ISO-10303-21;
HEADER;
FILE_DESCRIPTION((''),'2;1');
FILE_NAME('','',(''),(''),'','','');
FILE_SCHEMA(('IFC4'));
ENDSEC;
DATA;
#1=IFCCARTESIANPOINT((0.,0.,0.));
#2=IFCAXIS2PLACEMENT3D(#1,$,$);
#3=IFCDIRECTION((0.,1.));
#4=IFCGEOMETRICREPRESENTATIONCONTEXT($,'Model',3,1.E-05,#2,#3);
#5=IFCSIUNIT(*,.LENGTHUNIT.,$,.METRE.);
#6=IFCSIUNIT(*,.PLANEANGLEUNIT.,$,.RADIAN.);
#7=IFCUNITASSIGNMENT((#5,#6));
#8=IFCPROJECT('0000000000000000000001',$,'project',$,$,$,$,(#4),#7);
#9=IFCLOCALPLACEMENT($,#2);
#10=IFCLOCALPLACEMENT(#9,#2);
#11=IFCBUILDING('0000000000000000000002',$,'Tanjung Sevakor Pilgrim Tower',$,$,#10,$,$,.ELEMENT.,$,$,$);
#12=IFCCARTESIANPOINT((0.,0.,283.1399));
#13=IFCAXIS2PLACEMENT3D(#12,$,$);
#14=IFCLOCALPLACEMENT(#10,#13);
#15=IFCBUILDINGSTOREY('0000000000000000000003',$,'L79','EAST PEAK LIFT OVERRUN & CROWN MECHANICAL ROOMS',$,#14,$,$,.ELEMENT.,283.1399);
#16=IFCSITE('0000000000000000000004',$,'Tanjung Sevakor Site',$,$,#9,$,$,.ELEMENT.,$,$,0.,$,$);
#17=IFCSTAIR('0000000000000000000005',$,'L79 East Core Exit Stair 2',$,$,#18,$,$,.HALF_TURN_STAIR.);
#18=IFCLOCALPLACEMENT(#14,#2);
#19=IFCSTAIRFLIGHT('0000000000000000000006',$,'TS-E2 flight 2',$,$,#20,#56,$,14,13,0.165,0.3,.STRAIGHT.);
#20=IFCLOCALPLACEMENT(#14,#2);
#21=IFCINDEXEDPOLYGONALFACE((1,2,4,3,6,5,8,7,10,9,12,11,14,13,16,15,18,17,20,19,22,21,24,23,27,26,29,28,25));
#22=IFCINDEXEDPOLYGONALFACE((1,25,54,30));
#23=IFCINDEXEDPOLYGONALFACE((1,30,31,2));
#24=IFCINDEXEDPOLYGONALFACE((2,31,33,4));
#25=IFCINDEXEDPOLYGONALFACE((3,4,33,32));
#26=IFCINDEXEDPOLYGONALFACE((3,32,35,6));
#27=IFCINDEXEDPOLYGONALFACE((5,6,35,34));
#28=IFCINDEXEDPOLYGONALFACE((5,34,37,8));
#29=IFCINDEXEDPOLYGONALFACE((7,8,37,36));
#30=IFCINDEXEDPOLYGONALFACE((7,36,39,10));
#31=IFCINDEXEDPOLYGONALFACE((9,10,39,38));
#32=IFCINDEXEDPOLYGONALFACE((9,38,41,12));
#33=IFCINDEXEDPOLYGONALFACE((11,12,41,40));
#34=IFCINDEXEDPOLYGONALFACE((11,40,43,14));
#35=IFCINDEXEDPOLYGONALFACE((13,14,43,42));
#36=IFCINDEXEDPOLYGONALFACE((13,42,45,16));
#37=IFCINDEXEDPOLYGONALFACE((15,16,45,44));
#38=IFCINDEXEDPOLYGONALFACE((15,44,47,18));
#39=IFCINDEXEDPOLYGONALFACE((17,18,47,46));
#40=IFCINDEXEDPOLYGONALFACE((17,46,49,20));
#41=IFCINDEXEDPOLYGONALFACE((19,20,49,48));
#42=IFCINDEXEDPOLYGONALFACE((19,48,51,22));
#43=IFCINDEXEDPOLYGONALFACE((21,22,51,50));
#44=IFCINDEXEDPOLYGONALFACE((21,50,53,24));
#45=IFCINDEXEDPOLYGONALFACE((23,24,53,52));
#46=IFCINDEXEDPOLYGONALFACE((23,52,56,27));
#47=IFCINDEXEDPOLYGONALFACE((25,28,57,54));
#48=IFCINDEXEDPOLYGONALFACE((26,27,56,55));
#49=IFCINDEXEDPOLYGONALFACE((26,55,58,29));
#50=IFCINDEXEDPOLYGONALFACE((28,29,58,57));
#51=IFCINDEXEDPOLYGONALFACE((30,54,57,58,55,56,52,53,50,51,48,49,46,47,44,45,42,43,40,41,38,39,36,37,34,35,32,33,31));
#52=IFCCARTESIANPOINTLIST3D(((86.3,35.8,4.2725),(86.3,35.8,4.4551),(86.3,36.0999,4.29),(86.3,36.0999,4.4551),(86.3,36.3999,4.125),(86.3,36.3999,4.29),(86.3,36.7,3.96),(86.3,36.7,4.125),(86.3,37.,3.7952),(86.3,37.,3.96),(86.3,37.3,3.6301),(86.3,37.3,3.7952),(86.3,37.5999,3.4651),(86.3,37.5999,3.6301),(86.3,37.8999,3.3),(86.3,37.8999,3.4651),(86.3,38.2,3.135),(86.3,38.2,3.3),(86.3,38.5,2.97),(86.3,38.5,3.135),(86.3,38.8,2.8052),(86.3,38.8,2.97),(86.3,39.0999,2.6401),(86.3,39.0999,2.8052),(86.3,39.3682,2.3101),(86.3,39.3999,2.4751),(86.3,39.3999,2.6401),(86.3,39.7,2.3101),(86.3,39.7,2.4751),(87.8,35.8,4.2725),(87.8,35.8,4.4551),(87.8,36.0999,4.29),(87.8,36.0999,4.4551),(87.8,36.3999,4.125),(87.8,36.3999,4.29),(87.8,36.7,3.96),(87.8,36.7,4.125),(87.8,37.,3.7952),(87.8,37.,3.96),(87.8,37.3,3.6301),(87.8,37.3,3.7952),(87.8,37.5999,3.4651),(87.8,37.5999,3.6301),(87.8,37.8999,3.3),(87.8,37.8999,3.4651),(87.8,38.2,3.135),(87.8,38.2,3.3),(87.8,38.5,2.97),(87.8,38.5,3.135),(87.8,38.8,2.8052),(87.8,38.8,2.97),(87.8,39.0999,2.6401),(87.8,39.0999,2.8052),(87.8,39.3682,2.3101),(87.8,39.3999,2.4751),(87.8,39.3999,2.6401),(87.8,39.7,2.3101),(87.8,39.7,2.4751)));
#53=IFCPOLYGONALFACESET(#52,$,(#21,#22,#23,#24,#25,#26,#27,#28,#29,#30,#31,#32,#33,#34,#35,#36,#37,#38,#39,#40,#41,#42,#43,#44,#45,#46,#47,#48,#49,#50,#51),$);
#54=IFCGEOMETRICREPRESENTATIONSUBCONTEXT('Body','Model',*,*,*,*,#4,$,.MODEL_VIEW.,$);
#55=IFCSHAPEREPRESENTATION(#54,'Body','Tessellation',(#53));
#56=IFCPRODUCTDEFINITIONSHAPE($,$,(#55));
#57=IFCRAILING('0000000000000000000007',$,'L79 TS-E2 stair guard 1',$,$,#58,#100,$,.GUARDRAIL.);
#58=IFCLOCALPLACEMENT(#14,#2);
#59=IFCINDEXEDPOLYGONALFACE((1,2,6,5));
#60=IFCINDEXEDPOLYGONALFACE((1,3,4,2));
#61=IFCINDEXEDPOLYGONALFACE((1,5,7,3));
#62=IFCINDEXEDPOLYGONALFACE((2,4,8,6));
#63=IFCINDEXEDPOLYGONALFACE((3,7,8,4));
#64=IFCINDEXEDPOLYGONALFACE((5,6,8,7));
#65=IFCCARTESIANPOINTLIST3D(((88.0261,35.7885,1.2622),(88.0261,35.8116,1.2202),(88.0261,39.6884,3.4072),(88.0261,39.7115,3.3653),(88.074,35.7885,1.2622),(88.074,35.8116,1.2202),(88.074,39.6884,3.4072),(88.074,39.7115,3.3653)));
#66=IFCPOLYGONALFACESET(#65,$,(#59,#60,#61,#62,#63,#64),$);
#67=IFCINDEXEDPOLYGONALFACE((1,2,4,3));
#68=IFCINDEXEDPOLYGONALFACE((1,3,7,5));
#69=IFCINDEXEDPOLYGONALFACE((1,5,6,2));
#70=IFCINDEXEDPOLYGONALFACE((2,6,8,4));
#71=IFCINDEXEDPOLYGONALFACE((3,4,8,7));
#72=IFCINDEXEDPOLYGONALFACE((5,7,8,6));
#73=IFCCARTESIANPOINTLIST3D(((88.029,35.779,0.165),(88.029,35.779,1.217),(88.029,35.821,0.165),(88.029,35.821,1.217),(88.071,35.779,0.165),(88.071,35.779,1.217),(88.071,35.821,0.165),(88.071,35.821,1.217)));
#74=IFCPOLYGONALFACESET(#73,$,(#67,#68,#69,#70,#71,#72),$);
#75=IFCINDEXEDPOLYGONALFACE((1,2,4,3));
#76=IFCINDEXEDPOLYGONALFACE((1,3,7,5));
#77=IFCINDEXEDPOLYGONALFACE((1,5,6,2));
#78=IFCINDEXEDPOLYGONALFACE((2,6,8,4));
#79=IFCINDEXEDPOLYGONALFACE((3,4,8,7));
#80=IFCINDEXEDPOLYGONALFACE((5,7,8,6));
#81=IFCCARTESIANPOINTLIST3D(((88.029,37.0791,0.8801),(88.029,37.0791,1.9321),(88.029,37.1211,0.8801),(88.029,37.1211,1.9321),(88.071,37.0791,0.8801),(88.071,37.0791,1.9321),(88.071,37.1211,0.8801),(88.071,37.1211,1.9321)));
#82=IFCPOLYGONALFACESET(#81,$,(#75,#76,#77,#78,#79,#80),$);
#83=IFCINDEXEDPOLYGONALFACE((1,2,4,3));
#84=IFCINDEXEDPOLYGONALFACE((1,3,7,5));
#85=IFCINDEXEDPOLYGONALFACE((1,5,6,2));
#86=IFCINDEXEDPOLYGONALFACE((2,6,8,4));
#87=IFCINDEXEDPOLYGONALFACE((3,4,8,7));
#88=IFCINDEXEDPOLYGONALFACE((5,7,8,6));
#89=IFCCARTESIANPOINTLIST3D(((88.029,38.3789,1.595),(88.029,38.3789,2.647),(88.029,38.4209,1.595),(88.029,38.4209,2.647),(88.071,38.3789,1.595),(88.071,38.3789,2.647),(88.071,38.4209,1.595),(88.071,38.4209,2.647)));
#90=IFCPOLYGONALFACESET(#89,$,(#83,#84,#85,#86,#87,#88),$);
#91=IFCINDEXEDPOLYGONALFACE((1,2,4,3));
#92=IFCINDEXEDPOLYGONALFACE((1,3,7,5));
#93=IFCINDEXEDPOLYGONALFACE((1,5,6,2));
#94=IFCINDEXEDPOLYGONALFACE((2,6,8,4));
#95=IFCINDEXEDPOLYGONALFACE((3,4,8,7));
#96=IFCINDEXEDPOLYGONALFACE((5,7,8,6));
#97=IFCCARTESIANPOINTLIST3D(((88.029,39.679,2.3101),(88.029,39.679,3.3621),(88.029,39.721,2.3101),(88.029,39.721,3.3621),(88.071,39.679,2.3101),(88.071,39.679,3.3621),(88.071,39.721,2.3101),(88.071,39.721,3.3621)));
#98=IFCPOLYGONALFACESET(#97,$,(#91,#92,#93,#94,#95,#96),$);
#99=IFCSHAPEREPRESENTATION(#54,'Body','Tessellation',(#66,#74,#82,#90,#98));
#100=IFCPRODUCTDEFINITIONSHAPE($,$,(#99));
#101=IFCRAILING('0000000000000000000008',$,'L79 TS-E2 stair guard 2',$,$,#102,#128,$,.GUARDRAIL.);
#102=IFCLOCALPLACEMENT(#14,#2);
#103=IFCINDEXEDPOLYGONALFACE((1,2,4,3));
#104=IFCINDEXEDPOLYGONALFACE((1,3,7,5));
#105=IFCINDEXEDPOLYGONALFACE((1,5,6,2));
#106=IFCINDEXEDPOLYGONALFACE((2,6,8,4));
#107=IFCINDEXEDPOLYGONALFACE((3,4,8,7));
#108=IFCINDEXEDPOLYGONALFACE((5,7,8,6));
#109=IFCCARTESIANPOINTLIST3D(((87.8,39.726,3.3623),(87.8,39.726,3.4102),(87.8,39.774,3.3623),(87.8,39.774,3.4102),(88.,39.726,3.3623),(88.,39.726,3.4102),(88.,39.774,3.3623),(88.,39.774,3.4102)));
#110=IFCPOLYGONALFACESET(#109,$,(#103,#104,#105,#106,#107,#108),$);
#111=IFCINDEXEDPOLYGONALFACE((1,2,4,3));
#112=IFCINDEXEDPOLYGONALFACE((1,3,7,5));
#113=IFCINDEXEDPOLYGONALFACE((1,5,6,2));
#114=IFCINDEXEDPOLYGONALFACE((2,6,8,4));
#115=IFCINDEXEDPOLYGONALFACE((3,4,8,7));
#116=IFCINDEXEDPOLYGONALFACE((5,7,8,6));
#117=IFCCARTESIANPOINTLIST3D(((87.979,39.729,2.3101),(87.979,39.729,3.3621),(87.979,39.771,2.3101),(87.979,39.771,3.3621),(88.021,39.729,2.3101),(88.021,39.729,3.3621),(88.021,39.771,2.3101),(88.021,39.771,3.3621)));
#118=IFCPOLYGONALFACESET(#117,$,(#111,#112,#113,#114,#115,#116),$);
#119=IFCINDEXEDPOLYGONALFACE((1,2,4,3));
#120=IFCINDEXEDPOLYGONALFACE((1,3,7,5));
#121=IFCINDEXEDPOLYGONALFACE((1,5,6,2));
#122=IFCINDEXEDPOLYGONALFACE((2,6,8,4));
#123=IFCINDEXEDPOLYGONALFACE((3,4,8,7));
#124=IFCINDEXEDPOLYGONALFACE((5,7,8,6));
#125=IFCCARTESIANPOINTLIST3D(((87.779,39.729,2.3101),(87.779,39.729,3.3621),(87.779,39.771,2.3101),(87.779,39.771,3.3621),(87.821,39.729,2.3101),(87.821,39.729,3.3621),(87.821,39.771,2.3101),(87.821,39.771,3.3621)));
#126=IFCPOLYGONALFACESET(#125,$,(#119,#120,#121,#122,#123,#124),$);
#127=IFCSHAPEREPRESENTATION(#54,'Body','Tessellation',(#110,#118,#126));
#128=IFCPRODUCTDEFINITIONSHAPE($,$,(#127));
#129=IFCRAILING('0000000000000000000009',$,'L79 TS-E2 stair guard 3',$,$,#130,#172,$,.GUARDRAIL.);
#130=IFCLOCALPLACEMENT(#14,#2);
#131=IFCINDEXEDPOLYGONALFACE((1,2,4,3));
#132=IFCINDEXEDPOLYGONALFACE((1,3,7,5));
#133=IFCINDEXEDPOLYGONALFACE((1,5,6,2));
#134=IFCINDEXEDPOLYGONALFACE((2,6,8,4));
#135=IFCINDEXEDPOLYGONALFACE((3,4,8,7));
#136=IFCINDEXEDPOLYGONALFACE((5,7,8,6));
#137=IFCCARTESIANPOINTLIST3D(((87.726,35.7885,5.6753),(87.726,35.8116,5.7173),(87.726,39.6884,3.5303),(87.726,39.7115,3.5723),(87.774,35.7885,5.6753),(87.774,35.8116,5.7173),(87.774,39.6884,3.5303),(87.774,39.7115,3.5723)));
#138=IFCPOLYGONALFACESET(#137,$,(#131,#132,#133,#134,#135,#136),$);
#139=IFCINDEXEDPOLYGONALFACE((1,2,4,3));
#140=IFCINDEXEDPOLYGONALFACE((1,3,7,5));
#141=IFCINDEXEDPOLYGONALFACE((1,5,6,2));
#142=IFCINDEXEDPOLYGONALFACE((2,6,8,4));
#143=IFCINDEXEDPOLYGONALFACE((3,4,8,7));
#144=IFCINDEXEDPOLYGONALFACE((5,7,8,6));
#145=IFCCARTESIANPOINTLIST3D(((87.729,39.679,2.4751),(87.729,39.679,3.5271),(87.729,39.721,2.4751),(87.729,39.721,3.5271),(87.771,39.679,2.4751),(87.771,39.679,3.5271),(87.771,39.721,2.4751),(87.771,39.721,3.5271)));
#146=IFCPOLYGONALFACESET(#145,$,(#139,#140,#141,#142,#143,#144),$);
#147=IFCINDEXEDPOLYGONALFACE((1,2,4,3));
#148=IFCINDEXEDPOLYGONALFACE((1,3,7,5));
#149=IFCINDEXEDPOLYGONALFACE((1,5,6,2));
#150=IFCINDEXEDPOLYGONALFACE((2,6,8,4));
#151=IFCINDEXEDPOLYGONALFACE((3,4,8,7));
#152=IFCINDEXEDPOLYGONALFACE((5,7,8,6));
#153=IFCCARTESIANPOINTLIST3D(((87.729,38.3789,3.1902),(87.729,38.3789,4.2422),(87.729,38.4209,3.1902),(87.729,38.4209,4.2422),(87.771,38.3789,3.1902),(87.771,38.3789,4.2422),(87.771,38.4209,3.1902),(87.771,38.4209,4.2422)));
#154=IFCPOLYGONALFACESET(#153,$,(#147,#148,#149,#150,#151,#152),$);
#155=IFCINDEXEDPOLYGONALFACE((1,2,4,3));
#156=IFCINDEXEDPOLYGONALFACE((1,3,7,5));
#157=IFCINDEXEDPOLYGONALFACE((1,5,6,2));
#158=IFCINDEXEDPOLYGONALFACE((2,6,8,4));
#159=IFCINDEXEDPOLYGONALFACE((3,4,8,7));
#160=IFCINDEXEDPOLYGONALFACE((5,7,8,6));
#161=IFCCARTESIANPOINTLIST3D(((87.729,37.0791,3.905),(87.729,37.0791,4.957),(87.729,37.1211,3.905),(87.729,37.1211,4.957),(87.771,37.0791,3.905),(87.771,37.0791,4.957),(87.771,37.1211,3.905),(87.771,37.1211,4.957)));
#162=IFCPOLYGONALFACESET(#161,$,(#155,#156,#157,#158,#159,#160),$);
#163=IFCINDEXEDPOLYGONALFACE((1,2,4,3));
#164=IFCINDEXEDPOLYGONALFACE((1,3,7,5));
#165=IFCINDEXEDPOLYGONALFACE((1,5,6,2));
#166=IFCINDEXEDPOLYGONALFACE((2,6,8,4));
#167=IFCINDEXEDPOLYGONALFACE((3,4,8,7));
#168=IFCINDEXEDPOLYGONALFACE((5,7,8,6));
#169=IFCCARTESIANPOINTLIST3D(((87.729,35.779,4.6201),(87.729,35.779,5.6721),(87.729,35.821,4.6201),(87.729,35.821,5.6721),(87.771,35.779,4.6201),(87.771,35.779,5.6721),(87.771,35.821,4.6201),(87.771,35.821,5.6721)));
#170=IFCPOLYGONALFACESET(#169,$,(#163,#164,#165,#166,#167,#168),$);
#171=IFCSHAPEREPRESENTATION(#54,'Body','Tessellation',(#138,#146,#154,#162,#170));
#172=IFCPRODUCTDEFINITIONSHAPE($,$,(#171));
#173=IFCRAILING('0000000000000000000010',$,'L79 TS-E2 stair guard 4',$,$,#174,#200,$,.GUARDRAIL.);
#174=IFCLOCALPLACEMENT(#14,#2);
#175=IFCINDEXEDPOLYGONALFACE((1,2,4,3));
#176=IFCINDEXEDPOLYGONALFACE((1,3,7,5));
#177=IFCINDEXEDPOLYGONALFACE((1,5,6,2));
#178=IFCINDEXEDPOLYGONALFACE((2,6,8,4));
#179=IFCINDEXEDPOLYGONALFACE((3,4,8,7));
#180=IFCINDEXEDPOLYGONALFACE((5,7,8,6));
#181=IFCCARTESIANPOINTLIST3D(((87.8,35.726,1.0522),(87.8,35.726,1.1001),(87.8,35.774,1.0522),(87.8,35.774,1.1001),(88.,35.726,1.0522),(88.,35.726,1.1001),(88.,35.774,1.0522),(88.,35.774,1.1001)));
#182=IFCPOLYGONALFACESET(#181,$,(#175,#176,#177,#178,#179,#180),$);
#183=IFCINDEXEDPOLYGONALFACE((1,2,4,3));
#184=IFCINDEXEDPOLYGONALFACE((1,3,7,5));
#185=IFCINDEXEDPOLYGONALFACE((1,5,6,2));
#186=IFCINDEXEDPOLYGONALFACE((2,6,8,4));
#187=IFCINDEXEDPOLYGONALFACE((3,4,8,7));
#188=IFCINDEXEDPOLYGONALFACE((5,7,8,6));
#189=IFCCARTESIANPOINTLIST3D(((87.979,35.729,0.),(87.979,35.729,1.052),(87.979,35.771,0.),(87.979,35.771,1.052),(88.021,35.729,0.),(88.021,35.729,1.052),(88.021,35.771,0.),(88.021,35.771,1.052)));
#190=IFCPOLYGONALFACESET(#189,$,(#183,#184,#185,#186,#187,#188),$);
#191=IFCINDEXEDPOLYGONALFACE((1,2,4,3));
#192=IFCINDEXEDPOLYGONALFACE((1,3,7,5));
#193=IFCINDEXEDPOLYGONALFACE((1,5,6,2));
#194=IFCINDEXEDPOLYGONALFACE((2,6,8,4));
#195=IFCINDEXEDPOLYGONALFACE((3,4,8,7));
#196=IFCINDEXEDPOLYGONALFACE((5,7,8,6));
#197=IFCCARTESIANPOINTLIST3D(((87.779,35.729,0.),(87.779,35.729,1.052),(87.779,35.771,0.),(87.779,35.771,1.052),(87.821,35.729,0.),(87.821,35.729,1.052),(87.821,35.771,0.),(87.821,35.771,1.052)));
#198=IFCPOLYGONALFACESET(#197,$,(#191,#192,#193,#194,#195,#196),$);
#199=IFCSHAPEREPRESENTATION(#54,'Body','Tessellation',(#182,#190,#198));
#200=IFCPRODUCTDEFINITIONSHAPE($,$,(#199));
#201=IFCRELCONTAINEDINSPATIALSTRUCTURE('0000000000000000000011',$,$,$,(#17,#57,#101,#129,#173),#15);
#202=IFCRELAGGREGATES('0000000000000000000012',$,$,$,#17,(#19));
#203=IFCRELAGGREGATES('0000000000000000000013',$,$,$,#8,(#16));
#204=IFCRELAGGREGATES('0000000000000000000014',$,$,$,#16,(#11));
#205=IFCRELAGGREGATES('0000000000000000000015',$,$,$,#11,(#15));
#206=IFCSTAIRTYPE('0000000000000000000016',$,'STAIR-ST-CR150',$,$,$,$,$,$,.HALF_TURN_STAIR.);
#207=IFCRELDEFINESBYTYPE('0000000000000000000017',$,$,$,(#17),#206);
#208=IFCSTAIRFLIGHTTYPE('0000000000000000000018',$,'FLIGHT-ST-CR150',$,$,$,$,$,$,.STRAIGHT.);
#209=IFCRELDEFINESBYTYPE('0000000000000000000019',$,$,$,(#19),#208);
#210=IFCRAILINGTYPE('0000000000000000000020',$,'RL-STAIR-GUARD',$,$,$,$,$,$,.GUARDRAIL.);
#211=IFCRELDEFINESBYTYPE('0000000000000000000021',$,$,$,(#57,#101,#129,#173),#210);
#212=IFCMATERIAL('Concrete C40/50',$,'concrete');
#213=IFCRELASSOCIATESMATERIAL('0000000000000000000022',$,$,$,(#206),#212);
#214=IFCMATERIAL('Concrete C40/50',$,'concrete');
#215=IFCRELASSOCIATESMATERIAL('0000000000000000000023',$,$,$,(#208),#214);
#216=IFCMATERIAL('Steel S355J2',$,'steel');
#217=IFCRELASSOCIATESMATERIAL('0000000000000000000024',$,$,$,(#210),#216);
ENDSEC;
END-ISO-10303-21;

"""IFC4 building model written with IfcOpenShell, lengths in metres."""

from ifc_helpers import new_model, si_unit, direction, frame, origin, place, context, subcontext, project, spatial, polyline, rectangle, outline, extrude, material, type_object, element, aggregate, save


model = new_model("IFC4")

# Units and contexts
model_context = context("Model", 3, precision=1e-05, world=origin(), true_north=direction((0.0, 1.0)))
body_context = subcontext(model_context, "Body", "Model", "MODEL_VIEW")
ifc_project = project(units=[si_unit("LENGTHUNIT", "METRE"), si_unit("PLANEANGLEUNIT", "RADIAN")], contexts=[model_context])

# Site, building, storey
site_placement = place(None, origin())
site = spatial("IfcSite", under=ifc_project, at=site_placement, Name="Tanjung Sevakor Site", CompositionType="ELEMENT", RefElevation=0.0)
building_placement = place(site_placement, origin())
building = spatial("IfcBuilding", under=site, at=building_placement, Name="Tanjung Sevakor Pilgrim Tower", CompositionType="ELEMENT")
storey_placement = place(building_placement, frame((0.0, 0.0, 283.1399)))
storey = spatial("IfcBuildingStorey", under=building, at=storey_placement, Name="L79", Description="EAST PEAK LIFT OVERRUN & CROWN MECHANICAL ROOMS", CompositionType="ELEMENT", Elevation=283.1399)

# Stair, stair flight
ifc_material_1 = material(Name="Concrete C40/50", Category="concrete")
stair_type = type_object("IfcStairType", Name="STAIR-ST-CR150", PredefinedType="HALF_TURN_STAIR", material=ifc_material_1)
stair_placement = place(storey_placement, origin())
stair = element("IfcStair", 1, at=stair_placement, inside=storey, type_object=stair_type, Name="L79 East Core Exit Stair 2", PredefinedType="HALF_TURN_STAIR")
ifc_material_2 = material(Name="Concrete C40/50", Category="concrete")
stair_flight_type = type_object("IfcStairFlightType", Name="FLIGHT-ST-CR150", PredefinedType="STRAIGHT", material=ifc_material_2)
stair_flight_1_placement = place(storey_placement, frame((87.05, 39.7, 2.3101), z_axis=(0.0, 0.0, 1.0), x_axis=(0.0, -1.0, 0.0)))
stair_flight_1 = element("IfcStairFlight", 2, at=stair_flight_1_placement, type_object=stair_flight_type, Name="TS-E2 flight 2", NumberOfRisers=14, NumberOfTreads=13, PredefinedType="STRAIGHT", RiserHeight=0.165, TreadLength=0.3, context=body_context, shape_type="SweptSolid", body=[
    extrude(outline(polyline([(0.0, 0.0), (0.0, 0.165), (0.3, 0.165), (0.3, 0.3301), (0.6001, 0.3301), (0.6001, 0.4951), (0.8999, 0.4951), (0.8999, 0.6599), (1.2, 0.6599), (1.2, 0.825), (1.5, 0.825), (1.5, 0.99), (1.8, 0.99), (1.8, 1.155), (2.1001, 1.155), (2.1001, 1.3201), (2.3999, 1.3201), (2.3999, 1.4851), (2.7, 1.4851), (2.7, 1.6499), (3.0, 1.6499), (3.0, 1.8149), (3.3, 1.8149), (3.3, 1.98), (3.6001, 1.98), (3.6001, 2.145), (3.8999, 2.145), (3.8999, 2.3101), (3.8999, 1.9624), (0.3318, 0.0), (0.0, 0.0)])), frame((0.0, 0.75, 0.0), z_axis=(0.0, -1.0, 0.0), x_axis=(1.0, 0.0, 0.0)), (0.0, 0.0, 1.0), 1.5),
])
aggregate(stair, [stair_flight_1])

# Railings
ifc_material_3 = material(Name="Steel S355J2", Category="steel")
railing_type_1 = type_object("IfcRailingType", Name="RL-STAIR-GUARD", PredefinedType="GUARDRAIL", material=ifc_material_3)
railing_1_placement = place(storey_placement, frame((88.05, 35.8, 0.165)))
element("IfcRailing", 3, at=railing_1_placement, inside=storey, type_object=railing_type_1, Name="L79 TS-E2 stair guard 1", PredefinedType="GUARDRAIL", context=body_context, shape_type="SweptSolid", body=[
    extrude(rectangle(XDim=0.0479, YDim=0.0479), frame((0.0, 0.0, 1.0762), z_axis=(0.0, 0.876209, 0.481931), x_axis=(-1.0, 0.0, 0.0)), (0.0, 0.0, 1.0), 4.4509),
    extrude(rectangle(XDim=0.042, YDim=0.042), origin(), (0.0, 0.0, 1.0), 1.052),
    extrude(rectangle(XDim=0.042, YDim=0.042), frame((0.0, 1.3, 0.7151)), (0.0, 0.0, 1.0), 1.052),
    extrude(rectangle(XDim=0.042, YDim=0.042), frame((0.0, 2.5999, 1.4299)), (0.0, 0.0, 1.0), 1.052),
    extrude(rectangle(XDim=0.042, YDim=0.042), frame((0.0, 3.8999, 2.145)), (0.0, 0.0, 1.0), 1.052),
])
railing_2_placement = place(storey_placement, frame((88.0, 39.75, 2.3101)))
element("IfcRailing", 4, at=railing_2_placement, inside=storey, type_object=railing_type_1, Name="L79 TS-E2 stair guard 2", PredefinedType="GUARDRAIL", context=body_context, shape_type="SweptSolid", body=[
    extrude(rectangle(XDim=0.0479, YDim=0.0479), frame((0.0, 0.0, 1.0762), z_axis=(-1.0, 0.0, 0.0), x_axis=(0.0, -1.0, 0.0)), (0.0, 0.0, 1.0), 0.2),
    extrude(rectangle(XDim=0.042, YDim=0.042), origin(), (0.0, 0.0, 1.0), 1.052),
    extrude(rectangle(XDim=0.042, YDim=0.042), frame((-0.2, 0.0, 0.0)), (0.0, 0.0, 1.0), 1.052),
])
railing_3_placement = place(storey_placement, frame((87.75, 39.7, 2.4751)))
element("IfcRailing", 5, at=railing_3_placement, inside=storey, type_object=railing_type_1, Name="L79 TS-E2 stair guard 3", PredefinedType="GUARDRAIL", context=body_context, shape_type="SweptSolid", body=[
    extrude(rectangle(XDim=0.0479, YDim=0.0479), frame((0.0, 0.0, 1.0762), z_axis=(0.0, -0.876209, 0.481931), x_axis=(1.0, 0.0, 0.0)), (0.0, 0.0, 1.0), 4.4509),
    extrude(rectangle(XDim=0.042, YDim=0.042), origin(), (0.0, 0.0, 1.0), 1.052),
    extrude(rectangle(XDim=0.042, YDim=0.042), frame((0.0, -1.3, 0.7151)), (0.0, 0.0, 1.0), 1.052),
    extrude(rectangle(XDim=0.042, YDim=0.042), frame((0.0, -2.5999, 1.4299)), (0.0, 0.0, 1.0), 1.052),
    extrude(rectangle(XDim=0.042, YDim=0.042), frame((0.0, -3.8999, 2.145)), (0.0, 0.0, 1.0), 1.052),
])
railing_4_placement = place(storey_placement, frame((88.0, 35.75, 0.0)))
element("IfcRailing", 6, at=railing_4_placement, inside=storey, type_object=railing_type_1, Name="L79 TS-E2 stair guard 4", PredefinedType="GUARDRAIL", context=body_context, shape_type="SweptSolid", body=[
    extrude(rectangle(XDim=0.0479, YDim=0.0479), frame((0.0, 0.0, 1.0762), z_axis=(-1.0, 0.0, 0.0), x_axis=(0.0, -1.0, 0.0)), (0.0, 0.0, 1.0), 0.2),
    extrude(rectangle(XDim=0.042, YDim=0.042), origin(), (0.0, 0.0, 1.0), 1.052),
    extrude(rectangle(XDim=0.042, YDim=0.042), frame((-0.2, 0.0, 0.0)), (0.0, 0.0, 1.0), 1.052),
])

save(model, "model.ifc")
